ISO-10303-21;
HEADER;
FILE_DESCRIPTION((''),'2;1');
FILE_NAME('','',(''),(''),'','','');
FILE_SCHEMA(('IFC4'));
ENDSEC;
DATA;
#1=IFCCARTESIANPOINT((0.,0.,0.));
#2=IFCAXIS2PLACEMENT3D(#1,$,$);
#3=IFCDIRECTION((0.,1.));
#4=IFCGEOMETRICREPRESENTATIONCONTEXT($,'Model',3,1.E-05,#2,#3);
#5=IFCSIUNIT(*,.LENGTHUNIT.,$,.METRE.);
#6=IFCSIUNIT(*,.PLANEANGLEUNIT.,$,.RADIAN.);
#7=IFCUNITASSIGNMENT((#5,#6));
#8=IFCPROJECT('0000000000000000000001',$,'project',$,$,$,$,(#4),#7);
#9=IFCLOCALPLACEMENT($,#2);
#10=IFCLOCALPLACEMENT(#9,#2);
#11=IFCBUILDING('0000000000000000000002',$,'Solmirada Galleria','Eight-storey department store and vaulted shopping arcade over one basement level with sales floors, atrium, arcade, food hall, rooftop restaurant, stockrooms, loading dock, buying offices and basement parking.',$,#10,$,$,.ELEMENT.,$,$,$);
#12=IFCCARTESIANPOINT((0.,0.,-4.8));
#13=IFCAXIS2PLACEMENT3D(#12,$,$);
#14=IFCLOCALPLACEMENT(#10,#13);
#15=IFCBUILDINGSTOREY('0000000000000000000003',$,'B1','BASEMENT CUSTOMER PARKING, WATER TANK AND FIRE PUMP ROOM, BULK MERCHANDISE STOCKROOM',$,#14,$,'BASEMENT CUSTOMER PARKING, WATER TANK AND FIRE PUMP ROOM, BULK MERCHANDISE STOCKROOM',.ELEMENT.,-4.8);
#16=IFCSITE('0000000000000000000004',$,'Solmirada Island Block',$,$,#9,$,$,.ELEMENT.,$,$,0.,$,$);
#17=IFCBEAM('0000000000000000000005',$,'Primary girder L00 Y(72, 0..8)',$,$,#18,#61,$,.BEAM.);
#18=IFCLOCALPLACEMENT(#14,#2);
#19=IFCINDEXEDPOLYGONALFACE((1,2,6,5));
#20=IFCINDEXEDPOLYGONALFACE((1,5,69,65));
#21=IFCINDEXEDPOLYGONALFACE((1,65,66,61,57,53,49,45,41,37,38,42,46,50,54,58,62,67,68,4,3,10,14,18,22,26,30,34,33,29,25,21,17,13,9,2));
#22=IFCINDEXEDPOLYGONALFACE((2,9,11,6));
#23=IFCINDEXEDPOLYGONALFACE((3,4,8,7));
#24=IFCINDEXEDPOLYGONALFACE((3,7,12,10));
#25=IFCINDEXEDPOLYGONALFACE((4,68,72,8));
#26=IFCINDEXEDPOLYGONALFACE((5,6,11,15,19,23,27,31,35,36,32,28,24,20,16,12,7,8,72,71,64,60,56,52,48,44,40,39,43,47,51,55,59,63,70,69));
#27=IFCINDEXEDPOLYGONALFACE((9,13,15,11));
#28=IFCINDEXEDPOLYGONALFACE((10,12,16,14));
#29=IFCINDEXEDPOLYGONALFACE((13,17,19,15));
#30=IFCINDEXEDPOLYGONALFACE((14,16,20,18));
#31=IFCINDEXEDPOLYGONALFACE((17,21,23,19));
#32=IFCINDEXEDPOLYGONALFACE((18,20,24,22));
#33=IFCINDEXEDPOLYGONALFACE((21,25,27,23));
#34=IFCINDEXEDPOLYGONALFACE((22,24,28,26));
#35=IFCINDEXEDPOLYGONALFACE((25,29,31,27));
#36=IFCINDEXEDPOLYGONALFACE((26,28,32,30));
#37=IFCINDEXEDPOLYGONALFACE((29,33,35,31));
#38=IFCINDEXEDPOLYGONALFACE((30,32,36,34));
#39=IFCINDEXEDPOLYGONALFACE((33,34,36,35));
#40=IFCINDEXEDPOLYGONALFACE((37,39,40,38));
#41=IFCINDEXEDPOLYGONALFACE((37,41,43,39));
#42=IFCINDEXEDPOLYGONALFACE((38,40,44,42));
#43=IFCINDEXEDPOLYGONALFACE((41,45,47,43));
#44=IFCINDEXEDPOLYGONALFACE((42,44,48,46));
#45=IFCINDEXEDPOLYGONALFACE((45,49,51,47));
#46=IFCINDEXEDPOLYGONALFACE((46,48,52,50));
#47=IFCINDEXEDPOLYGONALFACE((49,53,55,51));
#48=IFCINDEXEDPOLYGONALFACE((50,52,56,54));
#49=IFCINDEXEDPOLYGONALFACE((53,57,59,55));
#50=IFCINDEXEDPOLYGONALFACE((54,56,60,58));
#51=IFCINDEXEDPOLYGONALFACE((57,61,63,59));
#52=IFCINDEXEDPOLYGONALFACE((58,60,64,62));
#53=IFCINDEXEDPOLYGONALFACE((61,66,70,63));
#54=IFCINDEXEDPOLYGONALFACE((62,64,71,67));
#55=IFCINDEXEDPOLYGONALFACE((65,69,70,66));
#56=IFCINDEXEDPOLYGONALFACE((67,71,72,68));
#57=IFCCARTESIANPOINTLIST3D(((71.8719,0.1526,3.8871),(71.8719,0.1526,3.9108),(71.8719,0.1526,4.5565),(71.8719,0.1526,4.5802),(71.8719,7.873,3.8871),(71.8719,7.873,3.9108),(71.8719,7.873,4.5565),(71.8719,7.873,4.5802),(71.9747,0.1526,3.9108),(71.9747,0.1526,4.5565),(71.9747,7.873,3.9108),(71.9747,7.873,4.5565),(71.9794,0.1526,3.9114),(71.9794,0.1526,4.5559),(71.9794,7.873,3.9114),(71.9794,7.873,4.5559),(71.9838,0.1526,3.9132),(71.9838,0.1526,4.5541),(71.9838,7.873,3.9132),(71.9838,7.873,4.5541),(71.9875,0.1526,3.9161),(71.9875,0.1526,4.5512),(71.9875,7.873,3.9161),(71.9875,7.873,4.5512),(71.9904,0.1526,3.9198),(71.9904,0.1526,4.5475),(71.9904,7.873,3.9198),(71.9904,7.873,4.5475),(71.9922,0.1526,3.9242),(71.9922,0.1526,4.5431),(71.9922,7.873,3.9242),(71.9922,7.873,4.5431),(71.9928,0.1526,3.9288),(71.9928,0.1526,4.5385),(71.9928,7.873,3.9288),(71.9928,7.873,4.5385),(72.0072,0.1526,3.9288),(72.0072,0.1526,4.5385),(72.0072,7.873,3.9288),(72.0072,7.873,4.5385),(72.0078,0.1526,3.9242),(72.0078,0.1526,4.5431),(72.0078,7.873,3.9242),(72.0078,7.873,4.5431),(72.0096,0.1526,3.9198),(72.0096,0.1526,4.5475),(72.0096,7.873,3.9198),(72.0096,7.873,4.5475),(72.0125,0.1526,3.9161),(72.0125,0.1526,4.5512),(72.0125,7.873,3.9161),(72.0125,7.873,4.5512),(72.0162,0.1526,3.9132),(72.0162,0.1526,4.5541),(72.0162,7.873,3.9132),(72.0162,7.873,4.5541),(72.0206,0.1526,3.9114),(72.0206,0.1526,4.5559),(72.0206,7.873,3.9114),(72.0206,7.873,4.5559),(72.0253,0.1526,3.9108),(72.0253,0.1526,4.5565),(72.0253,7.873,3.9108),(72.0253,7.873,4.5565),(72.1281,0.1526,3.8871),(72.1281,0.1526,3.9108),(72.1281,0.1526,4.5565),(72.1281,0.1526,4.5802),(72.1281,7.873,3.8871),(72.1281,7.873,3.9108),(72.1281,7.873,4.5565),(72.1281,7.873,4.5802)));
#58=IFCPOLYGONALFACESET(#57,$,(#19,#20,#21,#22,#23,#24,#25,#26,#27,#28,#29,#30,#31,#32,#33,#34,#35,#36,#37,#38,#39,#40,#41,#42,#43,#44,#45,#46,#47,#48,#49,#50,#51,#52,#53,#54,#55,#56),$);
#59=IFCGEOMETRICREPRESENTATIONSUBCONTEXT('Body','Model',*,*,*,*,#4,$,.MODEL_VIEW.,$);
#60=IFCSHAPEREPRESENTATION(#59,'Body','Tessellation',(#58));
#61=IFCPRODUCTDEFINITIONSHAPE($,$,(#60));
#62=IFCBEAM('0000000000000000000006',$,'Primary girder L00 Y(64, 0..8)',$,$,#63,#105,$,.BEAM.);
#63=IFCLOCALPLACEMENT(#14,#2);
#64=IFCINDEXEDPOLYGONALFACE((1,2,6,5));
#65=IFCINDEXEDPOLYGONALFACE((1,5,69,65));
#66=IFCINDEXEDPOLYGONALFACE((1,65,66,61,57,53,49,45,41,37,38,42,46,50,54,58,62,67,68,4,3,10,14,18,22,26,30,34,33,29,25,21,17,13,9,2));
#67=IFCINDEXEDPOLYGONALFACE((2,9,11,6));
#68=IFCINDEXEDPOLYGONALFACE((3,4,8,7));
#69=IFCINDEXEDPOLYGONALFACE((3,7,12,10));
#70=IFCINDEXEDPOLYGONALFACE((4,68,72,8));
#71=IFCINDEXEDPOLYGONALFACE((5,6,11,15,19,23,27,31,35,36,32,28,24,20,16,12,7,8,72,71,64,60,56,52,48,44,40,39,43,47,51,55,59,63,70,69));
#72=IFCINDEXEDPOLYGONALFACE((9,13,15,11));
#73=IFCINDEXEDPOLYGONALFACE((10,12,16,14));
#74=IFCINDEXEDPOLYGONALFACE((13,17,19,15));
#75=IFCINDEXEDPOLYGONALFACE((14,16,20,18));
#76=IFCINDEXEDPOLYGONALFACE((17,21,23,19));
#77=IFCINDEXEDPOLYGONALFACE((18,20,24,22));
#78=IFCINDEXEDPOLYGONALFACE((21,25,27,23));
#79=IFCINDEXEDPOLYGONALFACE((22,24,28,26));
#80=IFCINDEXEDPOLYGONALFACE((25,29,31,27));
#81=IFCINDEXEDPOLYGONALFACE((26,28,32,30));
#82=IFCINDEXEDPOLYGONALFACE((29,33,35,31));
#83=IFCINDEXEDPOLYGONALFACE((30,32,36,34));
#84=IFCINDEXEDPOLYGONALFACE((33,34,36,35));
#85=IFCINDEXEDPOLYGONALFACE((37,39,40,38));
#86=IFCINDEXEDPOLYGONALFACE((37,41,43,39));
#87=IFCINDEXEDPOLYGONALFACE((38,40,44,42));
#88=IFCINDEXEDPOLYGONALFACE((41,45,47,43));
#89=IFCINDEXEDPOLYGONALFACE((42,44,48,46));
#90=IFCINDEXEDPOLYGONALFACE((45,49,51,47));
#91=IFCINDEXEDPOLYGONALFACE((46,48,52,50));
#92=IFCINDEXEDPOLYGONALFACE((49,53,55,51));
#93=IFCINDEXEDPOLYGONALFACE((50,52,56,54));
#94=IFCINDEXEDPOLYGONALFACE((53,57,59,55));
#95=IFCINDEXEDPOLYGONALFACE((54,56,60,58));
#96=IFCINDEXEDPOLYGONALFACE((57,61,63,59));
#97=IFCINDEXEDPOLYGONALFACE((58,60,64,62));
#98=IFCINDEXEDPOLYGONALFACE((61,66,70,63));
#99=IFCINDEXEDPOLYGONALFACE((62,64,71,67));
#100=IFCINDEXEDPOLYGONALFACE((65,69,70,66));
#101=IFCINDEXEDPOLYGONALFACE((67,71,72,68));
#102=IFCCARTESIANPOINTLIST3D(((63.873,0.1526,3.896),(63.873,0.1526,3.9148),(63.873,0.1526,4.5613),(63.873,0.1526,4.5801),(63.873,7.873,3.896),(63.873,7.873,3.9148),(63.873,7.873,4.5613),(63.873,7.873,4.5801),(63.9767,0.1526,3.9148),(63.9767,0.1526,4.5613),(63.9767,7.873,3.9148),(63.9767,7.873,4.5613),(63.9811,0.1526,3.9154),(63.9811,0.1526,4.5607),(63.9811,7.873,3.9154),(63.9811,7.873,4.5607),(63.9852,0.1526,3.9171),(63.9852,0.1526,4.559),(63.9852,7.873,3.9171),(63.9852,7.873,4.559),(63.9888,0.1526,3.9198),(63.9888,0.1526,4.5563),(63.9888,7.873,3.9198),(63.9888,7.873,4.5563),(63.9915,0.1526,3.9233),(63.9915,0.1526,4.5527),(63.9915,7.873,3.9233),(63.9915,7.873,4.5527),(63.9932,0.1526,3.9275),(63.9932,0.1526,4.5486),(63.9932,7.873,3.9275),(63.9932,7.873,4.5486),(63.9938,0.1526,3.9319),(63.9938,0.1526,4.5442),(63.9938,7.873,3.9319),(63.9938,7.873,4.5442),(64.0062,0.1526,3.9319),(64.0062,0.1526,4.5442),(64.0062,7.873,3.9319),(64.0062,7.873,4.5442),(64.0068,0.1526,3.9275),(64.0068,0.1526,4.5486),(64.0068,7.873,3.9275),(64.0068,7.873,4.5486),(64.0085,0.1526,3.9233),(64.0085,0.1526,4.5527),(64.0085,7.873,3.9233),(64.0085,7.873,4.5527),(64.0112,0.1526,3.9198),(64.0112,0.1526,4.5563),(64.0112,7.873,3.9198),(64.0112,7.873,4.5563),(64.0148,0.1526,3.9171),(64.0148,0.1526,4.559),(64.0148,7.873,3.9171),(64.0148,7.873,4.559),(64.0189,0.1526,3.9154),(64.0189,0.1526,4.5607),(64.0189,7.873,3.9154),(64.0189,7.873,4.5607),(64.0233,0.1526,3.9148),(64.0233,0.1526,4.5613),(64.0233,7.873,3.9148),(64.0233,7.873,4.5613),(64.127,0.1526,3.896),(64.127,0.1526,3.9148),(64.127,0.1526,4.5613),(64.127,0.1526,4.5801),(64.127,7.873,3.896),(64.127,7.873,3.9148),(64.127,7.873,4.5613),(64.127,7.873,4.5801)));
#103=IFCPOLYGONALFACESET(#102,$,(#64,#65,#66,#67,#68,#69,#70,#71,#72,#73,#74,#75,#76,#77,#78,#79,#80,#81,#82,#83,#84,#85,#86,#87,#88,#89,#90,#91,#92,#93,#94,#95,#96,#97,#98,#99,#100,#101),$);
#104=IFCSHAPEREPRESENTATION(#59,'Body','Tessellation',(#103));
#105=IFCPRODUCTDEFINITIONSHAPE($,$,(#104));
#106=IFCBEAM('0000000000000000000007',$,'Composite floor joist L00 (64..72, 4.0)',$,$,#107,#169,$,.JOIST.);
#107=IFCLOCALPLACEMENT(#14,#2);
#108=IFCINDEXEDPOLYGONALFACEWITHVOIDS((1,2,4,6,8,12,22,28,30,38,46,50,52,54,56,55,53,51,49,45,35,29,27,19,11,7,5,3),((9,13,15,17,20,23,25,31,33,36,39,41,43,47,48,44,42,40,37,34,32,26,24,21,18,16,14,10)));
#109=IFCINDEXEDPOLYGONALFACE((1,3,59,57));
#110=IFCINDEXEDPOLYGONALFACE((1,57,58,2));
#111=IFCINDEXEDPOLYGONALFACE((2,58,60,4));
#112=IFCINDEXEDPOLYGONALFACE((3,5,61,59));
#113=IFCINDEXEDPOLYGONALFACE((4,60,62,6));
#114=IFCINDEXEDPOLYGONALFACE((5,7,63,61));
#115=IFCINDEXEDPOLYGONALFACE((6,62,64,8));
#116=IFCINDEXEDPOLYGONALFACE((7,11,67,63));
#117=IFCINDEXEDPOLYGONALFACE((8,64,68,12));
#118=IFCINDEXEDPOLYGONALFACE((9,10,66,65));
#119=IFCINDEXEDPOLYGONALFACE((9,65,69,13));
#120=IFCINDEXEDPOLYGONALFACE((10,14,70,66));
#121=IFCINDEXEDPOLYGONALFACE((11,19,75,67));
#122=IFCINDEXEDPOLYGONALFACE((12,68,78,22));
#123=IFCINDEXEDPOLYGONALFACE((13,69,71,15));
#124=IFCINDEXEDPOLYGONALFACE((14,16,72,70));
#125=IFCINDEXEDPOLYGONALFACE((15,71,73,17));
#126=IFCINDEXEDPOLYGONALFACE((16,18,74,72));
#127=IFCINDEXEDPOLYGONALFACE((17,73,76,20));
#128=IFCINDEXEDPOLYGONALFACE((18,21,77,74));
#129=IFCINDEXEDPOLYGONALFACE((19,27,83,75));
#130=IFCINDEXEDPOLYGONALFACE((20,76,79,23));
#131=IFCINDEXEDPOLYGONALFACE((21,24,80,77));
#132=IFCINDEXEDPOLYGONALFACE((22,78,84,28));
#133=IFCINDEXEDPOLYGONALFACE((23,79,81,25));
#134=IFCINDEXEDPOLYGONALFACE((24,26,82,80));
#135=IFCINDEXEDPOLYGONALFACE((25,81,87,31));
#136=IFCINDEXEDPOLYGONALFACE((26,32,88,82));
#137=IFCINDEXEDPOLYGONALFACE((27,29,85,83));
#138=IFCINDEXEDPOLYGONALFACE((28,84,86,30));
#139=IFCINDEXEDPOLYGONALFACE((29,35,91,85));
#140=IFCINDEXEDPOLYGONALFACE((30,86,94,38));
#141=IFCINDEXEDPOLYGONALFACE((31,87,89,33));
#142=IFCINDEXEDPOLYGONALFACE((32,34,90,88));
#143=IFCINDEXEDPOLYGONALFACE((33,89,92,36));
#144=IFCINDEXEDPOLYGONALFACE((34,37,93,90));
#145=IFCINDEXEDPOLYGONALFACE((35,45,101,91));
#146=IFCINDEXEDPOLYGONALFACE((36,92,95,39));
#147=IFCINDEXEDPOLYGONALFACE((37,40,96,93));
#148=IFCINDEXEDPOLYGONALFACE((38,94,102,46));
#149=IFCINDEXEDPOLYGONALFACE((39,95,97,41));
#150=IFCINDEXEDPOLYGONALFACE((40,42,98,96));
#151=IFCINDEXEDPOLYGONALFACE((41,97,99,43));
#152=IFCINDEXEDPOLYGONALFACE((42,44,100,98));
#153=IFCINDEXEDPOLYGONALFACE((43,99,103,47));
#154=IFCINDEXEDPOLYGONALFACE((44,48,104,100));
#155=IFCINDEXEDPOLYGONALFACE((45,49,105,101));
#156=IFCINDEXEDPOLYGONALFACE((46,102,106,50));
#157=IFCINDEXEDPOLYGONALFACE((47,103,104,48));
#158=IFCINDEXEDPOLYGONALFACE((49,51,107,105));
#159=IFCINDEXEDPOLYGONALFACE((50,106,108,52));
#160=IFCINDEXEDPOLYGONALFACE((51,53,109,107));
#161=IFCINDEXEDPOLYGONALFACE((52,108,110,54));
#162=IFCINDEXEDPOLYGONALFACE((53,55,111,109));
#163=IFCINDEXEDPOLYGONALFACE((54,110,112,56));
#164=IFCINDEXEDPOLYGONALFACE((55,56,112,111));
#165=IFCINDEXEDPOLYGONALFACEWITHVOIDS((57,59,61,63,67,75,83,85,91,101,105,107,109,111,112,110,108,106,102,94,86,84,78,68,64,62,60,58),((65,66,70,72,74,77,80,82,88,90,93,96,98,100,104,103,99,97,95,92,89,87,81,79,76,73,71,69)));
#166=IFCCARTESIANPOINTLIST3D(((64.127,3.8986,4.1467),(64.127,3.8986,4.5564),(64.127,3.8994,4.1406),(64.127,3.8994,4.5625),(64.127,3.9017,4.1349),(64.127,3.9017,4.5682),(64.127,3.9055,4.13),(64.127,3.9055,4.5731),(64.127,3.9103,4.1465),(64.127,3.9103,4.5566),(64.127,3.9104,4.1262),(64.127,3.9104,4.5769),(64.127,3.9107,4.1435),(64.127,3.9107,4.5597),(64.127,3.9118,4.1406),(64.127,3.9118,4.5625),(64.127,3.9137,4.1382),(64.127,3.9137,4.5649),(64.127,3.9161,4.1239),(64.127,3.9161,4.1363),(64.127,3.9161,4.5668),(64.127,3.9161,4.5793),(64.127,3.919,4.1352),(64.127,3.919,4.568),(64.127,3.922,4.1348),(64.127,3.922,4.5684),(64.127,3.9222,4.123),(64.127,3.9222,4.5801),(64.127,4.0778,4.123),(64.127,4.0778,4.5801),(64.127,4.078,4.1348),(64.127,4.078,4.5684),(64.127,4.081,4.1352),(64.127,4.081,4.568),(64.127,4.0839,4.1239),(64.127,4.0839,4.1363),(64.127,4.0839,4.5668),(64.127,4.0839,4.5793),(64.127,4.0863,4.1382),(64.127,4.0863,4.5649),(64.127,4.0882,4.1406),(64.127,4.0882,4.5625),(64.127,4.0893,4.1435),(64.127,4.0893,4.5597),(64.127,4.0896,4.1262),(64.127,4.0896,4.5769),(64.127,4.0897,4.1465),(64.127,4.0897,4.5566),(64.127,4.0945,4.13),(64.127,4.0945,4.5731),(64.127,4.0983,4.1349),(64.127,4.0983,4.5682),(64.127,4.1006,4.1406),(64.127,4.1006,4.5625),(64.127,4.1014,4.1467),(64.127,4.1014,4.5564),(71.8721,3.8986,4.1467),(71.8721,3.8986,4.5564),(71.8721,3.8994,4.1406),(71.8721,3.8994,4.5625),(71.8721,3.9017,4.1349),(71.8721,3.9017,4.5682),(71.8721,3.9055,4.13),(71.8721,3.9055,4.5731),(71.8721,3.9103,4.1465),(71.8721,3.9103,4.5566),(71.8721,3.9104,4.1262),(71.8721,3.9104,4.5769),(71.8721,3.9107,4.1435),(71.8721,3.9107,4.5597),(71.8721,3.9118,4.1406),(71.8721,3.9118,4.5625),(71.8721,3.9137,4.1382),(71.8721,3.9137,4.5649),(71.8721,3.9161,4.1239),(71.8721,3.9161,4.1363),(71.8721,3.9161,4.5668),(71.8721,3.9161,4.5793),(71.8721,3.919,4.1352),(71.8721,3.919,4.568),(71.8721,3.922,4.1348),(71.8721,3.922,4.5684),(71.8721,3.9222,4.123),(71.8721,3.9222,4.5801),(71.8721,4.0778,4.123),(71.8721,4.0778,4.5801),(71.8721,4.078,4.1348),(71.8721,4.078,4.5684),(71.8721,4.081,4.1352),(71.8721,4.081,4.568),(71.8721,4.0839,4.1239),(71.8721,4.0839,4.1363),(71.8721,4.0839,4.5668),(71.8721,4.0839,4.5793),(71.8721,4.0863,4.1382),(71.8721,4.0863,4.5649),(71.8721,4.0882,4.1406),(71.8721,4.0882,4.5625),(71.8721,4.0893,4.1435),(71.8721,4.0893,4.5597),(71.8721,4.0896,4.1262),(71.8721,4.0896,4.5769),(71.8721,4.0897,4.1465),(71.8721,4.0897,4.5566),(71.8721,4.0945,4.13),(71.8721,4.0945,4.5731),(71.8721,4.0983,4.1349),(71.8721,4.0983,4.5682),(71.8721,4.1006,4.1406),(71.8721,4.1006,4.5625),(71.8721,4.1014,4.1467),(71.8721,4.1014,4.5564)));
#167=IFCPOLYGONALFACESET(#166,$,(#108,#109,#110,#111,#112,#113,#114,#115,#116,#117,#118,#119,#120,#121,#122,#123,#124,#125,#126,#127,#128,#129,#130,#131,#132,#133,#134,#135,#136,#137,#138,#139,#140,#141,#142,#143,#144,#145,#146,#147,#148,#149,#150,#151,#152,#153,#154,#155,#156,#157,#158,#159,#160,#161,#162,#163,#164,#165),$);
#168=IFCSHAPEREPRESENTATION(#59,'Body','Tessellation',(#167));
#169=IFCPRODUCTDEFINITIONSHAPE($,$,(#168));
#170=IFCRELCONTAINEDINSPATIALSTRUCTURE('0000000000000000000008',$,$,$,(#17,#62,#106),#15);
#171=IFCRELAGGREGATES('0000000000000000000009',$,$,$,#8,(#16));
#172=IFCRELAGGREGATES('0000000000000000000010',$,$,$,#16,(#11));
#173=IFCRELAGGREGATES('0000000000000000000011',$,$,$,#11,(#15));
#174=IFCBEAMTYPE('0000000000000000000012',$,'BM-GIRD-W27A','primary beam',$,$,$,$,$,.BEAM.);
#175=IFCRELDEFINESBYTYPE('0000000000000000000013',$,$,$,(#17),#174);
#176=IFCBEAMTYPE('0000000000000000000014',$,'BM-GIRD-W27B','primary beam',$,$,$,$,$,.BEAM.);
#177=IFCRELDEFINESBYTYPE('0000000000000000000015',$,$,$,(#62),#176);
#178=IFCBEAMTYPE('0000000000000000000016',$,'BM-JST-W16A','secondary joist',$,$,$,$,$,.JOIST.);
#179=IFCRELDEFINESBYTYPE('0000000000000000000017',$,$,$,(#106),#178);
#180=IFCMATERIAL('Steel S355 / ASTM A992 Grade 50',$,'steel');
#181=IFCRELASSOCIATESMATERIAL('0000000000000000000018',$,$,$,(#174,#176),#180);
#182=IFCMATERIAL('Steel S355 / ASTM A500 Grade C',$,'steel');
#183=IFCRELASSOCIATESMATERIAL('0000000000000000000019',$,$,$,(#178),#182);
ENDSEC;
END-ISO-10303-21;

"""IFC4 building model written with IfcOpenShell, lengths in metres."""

from ifc_helpers import new_model, si_unit, direction, frame, origin, origin_2d, place, context, subcontext, project, spatial, hollow_rectangle, i_section, extrude, material, material_profile, profile_set, type_object, element, save


model = new_model("IFC4")

# Units and contexts
model_context = context("Model", 3, precision=1e-05, world=origin(), true_north=direction((0.0, 1.0)))
body_context = subcontext(model_context, "Body", "Model", "MODEL_VIEW")
ifc_project = project(units=[si_unit("LENGTHUNIT", "METRE"), si_unit("PLANEANGLEUNIT", "RADIAN")], contexts=[model_context])

# Site, building, storey
site_placement = place(None, origin())
site = spatial("IfcSite", under=ifc_project, at=site_placement, Name="Solmirada Island Block", CompositionType="ELEMENT", RefElevation=0.0)
building_placement = place(site_placement, origin())
building = spatial("IfcBuilding", under=site, at=building_placement, Name="Solmirada Galleria", Description="Eight-storey department store and vaulted shopping arcade over one basement level with sales floors, atrium, arcade, food hall, rooftop restaurant, stockrooms, loading dock, buying offices and basement parking.", CompositionType="ELEMENT")
storey_placement = place(building_placement, frame((0.0, 0.0, -4.8)))
storey = spatial("IfcBuildingStorey", under=building, at=storey_placement, Name="B1", Description="BASEMENT CUSTOMER PARKING, WATER TANK AND FIRE PUMP ROOM, BULK MERCHANDISE STOCKROOM", LongName="BASEMENT CUSTOMER PARKING, WATER TANK AND FIRE PUMP ROOM, BULK MERCHANDISE STOCKROOM", CompositionType="ELEMENT", Elevation=-4.8)

# Shared definitions
ifc_material_1 = material(Name="Steel S355 / ASTM A500 Grade C", Category="steel")

# Beams
ifc_material_2 = material(Name="Steel S355 / ASTM A992 Grade 50", Category="steel")
ifc_material_profile_1 = material_profile(ifc_material_2, i_section(OverallWidth=0.2561, OverallDepth=0.6931, WebThickness=0.0144, FlangeThickness=0.0237, FilletRadius=0.0181, at=origin_2d()), Name="W27X114")
ifc_profile_set_1 = profile_set([ifc_material_profile_1], Name="Steel S355 / ASTM A992 Grade 50")
beam_type_1 = type_object("IfcBeamType", Name="BM-GIRD-W27A", Description="primary beam", PredefinedType="BEAM", material=ifc_profile_set_1)
beam_1_placement = place(storey_placement, frame((72.0, 0.1526, 4.2336), z_axis=(0.0, 1.0, 0.0), x_axis=(-1.0, 0.0, 0.0)))
element("IfcBeam", 1, at=beam_1_placement, inside=storey, type_object=beam_type_1, Name="Primary girder L00 Y(72, 0..8)", PredefinedType="BEAM", context=body_context, shape_type="SweptSolid", body=[
    extrude(i_section(OverallWidth=0.2561, OverallDepth=0.6931, WebThickness=0.0144, FlangeThickness=0.0237, FilletRadius=0.0181, at=origin_2d()), origin(), (0.0, 0.0, 1.0), 7.7205),
])
ifc_material_profile_2 = material_profile(ifc_material_2, i_section(OverallWidth=0.2539, OverallDepth=0.6841, WebThickness=0.0125, FlangeThickness=0.0188, FilletRadius=0.0171, at=origin_2d()), Name="W27X94")
ifc_profile_set_2 = profile_set([ifc_material_profile_2], Name="Steel S355 / ASTM A992 Grade 50")
beam_type_2 = type_object("IfcBeamType", Name="BM-GIRD-W27B", Description="primary beam", PredefinedType="BEAM", material=ifc_profile_set_2)
beam_2_placement = place(storey_placement, frame((64.0, 0.1526, 4.238), z_axis=(0.0, 1.0, 0.0), x_axis=(-1.0, 0.0, 0.0)))
element("IfcBeam", 2, at=beam_2_placement, inside=storey, type_object=beam_type_2, Name="Primary girder L00 Y(64, 0..8)", PredefinedType="BEAM", context=body_context, shape_type="SweptSolid", body=[
    extrude(i_section(OverallWidth=0.2539, OverallDepth=0.6841, WebThickness=0.0125, FlangeThickness=0.0188, FilletRadius=0.0171, at=origin_2d()), origin(), (0.0, 0.0, 1.0), 7.7205),
])
ifc_material_profile_3 = material_profile(ifc_material_1, hollow_rectangle(XDim=0.2029, YDim=0.457, WallThickness=0.0117, InnerFilletRadius=0.0117, OuterFilletRadius=0.0237, at=origin_2d()), Name="HSS18X8X1/2")
ifc_profile_set_3 = profile_set([ifc_material_profile_3], Name="Steel S355 / ASTM A500 Grade C")
beam_type_3 = type_object("IfcBeamType", Name="BM-JST-W16A", Description="secondary joist", PredefinedType="JOIST", material=ifc_profile_set_3)
beam_3_placement = place(storey_placement, frame((64.127, 4.0, 4.3516), z_axis=(1.0, 0.0, 0.0), x_axis=(0.0, 1.0, 0.0)))
element("IfcBeam", 3, at=beam_3_placement, inside=storey, type_object=beam_type_3, Name="Composite floor joist L00 (64..72, 4.0)", PredefinedType="JOIST", context=body_context, shape_type="SweptSolid", body=[
    extrude(hollow_rectangle(XDim=0.2029, YDim=0.457, WallThickness=0.0117, InnerFilletRadius=0.0117, OuterFilletRadius=0.0237, at=origin_2d()), origin(), (0.0, 0.0, 1.0), 7.7451),
])

save(model, "model.ifc")
